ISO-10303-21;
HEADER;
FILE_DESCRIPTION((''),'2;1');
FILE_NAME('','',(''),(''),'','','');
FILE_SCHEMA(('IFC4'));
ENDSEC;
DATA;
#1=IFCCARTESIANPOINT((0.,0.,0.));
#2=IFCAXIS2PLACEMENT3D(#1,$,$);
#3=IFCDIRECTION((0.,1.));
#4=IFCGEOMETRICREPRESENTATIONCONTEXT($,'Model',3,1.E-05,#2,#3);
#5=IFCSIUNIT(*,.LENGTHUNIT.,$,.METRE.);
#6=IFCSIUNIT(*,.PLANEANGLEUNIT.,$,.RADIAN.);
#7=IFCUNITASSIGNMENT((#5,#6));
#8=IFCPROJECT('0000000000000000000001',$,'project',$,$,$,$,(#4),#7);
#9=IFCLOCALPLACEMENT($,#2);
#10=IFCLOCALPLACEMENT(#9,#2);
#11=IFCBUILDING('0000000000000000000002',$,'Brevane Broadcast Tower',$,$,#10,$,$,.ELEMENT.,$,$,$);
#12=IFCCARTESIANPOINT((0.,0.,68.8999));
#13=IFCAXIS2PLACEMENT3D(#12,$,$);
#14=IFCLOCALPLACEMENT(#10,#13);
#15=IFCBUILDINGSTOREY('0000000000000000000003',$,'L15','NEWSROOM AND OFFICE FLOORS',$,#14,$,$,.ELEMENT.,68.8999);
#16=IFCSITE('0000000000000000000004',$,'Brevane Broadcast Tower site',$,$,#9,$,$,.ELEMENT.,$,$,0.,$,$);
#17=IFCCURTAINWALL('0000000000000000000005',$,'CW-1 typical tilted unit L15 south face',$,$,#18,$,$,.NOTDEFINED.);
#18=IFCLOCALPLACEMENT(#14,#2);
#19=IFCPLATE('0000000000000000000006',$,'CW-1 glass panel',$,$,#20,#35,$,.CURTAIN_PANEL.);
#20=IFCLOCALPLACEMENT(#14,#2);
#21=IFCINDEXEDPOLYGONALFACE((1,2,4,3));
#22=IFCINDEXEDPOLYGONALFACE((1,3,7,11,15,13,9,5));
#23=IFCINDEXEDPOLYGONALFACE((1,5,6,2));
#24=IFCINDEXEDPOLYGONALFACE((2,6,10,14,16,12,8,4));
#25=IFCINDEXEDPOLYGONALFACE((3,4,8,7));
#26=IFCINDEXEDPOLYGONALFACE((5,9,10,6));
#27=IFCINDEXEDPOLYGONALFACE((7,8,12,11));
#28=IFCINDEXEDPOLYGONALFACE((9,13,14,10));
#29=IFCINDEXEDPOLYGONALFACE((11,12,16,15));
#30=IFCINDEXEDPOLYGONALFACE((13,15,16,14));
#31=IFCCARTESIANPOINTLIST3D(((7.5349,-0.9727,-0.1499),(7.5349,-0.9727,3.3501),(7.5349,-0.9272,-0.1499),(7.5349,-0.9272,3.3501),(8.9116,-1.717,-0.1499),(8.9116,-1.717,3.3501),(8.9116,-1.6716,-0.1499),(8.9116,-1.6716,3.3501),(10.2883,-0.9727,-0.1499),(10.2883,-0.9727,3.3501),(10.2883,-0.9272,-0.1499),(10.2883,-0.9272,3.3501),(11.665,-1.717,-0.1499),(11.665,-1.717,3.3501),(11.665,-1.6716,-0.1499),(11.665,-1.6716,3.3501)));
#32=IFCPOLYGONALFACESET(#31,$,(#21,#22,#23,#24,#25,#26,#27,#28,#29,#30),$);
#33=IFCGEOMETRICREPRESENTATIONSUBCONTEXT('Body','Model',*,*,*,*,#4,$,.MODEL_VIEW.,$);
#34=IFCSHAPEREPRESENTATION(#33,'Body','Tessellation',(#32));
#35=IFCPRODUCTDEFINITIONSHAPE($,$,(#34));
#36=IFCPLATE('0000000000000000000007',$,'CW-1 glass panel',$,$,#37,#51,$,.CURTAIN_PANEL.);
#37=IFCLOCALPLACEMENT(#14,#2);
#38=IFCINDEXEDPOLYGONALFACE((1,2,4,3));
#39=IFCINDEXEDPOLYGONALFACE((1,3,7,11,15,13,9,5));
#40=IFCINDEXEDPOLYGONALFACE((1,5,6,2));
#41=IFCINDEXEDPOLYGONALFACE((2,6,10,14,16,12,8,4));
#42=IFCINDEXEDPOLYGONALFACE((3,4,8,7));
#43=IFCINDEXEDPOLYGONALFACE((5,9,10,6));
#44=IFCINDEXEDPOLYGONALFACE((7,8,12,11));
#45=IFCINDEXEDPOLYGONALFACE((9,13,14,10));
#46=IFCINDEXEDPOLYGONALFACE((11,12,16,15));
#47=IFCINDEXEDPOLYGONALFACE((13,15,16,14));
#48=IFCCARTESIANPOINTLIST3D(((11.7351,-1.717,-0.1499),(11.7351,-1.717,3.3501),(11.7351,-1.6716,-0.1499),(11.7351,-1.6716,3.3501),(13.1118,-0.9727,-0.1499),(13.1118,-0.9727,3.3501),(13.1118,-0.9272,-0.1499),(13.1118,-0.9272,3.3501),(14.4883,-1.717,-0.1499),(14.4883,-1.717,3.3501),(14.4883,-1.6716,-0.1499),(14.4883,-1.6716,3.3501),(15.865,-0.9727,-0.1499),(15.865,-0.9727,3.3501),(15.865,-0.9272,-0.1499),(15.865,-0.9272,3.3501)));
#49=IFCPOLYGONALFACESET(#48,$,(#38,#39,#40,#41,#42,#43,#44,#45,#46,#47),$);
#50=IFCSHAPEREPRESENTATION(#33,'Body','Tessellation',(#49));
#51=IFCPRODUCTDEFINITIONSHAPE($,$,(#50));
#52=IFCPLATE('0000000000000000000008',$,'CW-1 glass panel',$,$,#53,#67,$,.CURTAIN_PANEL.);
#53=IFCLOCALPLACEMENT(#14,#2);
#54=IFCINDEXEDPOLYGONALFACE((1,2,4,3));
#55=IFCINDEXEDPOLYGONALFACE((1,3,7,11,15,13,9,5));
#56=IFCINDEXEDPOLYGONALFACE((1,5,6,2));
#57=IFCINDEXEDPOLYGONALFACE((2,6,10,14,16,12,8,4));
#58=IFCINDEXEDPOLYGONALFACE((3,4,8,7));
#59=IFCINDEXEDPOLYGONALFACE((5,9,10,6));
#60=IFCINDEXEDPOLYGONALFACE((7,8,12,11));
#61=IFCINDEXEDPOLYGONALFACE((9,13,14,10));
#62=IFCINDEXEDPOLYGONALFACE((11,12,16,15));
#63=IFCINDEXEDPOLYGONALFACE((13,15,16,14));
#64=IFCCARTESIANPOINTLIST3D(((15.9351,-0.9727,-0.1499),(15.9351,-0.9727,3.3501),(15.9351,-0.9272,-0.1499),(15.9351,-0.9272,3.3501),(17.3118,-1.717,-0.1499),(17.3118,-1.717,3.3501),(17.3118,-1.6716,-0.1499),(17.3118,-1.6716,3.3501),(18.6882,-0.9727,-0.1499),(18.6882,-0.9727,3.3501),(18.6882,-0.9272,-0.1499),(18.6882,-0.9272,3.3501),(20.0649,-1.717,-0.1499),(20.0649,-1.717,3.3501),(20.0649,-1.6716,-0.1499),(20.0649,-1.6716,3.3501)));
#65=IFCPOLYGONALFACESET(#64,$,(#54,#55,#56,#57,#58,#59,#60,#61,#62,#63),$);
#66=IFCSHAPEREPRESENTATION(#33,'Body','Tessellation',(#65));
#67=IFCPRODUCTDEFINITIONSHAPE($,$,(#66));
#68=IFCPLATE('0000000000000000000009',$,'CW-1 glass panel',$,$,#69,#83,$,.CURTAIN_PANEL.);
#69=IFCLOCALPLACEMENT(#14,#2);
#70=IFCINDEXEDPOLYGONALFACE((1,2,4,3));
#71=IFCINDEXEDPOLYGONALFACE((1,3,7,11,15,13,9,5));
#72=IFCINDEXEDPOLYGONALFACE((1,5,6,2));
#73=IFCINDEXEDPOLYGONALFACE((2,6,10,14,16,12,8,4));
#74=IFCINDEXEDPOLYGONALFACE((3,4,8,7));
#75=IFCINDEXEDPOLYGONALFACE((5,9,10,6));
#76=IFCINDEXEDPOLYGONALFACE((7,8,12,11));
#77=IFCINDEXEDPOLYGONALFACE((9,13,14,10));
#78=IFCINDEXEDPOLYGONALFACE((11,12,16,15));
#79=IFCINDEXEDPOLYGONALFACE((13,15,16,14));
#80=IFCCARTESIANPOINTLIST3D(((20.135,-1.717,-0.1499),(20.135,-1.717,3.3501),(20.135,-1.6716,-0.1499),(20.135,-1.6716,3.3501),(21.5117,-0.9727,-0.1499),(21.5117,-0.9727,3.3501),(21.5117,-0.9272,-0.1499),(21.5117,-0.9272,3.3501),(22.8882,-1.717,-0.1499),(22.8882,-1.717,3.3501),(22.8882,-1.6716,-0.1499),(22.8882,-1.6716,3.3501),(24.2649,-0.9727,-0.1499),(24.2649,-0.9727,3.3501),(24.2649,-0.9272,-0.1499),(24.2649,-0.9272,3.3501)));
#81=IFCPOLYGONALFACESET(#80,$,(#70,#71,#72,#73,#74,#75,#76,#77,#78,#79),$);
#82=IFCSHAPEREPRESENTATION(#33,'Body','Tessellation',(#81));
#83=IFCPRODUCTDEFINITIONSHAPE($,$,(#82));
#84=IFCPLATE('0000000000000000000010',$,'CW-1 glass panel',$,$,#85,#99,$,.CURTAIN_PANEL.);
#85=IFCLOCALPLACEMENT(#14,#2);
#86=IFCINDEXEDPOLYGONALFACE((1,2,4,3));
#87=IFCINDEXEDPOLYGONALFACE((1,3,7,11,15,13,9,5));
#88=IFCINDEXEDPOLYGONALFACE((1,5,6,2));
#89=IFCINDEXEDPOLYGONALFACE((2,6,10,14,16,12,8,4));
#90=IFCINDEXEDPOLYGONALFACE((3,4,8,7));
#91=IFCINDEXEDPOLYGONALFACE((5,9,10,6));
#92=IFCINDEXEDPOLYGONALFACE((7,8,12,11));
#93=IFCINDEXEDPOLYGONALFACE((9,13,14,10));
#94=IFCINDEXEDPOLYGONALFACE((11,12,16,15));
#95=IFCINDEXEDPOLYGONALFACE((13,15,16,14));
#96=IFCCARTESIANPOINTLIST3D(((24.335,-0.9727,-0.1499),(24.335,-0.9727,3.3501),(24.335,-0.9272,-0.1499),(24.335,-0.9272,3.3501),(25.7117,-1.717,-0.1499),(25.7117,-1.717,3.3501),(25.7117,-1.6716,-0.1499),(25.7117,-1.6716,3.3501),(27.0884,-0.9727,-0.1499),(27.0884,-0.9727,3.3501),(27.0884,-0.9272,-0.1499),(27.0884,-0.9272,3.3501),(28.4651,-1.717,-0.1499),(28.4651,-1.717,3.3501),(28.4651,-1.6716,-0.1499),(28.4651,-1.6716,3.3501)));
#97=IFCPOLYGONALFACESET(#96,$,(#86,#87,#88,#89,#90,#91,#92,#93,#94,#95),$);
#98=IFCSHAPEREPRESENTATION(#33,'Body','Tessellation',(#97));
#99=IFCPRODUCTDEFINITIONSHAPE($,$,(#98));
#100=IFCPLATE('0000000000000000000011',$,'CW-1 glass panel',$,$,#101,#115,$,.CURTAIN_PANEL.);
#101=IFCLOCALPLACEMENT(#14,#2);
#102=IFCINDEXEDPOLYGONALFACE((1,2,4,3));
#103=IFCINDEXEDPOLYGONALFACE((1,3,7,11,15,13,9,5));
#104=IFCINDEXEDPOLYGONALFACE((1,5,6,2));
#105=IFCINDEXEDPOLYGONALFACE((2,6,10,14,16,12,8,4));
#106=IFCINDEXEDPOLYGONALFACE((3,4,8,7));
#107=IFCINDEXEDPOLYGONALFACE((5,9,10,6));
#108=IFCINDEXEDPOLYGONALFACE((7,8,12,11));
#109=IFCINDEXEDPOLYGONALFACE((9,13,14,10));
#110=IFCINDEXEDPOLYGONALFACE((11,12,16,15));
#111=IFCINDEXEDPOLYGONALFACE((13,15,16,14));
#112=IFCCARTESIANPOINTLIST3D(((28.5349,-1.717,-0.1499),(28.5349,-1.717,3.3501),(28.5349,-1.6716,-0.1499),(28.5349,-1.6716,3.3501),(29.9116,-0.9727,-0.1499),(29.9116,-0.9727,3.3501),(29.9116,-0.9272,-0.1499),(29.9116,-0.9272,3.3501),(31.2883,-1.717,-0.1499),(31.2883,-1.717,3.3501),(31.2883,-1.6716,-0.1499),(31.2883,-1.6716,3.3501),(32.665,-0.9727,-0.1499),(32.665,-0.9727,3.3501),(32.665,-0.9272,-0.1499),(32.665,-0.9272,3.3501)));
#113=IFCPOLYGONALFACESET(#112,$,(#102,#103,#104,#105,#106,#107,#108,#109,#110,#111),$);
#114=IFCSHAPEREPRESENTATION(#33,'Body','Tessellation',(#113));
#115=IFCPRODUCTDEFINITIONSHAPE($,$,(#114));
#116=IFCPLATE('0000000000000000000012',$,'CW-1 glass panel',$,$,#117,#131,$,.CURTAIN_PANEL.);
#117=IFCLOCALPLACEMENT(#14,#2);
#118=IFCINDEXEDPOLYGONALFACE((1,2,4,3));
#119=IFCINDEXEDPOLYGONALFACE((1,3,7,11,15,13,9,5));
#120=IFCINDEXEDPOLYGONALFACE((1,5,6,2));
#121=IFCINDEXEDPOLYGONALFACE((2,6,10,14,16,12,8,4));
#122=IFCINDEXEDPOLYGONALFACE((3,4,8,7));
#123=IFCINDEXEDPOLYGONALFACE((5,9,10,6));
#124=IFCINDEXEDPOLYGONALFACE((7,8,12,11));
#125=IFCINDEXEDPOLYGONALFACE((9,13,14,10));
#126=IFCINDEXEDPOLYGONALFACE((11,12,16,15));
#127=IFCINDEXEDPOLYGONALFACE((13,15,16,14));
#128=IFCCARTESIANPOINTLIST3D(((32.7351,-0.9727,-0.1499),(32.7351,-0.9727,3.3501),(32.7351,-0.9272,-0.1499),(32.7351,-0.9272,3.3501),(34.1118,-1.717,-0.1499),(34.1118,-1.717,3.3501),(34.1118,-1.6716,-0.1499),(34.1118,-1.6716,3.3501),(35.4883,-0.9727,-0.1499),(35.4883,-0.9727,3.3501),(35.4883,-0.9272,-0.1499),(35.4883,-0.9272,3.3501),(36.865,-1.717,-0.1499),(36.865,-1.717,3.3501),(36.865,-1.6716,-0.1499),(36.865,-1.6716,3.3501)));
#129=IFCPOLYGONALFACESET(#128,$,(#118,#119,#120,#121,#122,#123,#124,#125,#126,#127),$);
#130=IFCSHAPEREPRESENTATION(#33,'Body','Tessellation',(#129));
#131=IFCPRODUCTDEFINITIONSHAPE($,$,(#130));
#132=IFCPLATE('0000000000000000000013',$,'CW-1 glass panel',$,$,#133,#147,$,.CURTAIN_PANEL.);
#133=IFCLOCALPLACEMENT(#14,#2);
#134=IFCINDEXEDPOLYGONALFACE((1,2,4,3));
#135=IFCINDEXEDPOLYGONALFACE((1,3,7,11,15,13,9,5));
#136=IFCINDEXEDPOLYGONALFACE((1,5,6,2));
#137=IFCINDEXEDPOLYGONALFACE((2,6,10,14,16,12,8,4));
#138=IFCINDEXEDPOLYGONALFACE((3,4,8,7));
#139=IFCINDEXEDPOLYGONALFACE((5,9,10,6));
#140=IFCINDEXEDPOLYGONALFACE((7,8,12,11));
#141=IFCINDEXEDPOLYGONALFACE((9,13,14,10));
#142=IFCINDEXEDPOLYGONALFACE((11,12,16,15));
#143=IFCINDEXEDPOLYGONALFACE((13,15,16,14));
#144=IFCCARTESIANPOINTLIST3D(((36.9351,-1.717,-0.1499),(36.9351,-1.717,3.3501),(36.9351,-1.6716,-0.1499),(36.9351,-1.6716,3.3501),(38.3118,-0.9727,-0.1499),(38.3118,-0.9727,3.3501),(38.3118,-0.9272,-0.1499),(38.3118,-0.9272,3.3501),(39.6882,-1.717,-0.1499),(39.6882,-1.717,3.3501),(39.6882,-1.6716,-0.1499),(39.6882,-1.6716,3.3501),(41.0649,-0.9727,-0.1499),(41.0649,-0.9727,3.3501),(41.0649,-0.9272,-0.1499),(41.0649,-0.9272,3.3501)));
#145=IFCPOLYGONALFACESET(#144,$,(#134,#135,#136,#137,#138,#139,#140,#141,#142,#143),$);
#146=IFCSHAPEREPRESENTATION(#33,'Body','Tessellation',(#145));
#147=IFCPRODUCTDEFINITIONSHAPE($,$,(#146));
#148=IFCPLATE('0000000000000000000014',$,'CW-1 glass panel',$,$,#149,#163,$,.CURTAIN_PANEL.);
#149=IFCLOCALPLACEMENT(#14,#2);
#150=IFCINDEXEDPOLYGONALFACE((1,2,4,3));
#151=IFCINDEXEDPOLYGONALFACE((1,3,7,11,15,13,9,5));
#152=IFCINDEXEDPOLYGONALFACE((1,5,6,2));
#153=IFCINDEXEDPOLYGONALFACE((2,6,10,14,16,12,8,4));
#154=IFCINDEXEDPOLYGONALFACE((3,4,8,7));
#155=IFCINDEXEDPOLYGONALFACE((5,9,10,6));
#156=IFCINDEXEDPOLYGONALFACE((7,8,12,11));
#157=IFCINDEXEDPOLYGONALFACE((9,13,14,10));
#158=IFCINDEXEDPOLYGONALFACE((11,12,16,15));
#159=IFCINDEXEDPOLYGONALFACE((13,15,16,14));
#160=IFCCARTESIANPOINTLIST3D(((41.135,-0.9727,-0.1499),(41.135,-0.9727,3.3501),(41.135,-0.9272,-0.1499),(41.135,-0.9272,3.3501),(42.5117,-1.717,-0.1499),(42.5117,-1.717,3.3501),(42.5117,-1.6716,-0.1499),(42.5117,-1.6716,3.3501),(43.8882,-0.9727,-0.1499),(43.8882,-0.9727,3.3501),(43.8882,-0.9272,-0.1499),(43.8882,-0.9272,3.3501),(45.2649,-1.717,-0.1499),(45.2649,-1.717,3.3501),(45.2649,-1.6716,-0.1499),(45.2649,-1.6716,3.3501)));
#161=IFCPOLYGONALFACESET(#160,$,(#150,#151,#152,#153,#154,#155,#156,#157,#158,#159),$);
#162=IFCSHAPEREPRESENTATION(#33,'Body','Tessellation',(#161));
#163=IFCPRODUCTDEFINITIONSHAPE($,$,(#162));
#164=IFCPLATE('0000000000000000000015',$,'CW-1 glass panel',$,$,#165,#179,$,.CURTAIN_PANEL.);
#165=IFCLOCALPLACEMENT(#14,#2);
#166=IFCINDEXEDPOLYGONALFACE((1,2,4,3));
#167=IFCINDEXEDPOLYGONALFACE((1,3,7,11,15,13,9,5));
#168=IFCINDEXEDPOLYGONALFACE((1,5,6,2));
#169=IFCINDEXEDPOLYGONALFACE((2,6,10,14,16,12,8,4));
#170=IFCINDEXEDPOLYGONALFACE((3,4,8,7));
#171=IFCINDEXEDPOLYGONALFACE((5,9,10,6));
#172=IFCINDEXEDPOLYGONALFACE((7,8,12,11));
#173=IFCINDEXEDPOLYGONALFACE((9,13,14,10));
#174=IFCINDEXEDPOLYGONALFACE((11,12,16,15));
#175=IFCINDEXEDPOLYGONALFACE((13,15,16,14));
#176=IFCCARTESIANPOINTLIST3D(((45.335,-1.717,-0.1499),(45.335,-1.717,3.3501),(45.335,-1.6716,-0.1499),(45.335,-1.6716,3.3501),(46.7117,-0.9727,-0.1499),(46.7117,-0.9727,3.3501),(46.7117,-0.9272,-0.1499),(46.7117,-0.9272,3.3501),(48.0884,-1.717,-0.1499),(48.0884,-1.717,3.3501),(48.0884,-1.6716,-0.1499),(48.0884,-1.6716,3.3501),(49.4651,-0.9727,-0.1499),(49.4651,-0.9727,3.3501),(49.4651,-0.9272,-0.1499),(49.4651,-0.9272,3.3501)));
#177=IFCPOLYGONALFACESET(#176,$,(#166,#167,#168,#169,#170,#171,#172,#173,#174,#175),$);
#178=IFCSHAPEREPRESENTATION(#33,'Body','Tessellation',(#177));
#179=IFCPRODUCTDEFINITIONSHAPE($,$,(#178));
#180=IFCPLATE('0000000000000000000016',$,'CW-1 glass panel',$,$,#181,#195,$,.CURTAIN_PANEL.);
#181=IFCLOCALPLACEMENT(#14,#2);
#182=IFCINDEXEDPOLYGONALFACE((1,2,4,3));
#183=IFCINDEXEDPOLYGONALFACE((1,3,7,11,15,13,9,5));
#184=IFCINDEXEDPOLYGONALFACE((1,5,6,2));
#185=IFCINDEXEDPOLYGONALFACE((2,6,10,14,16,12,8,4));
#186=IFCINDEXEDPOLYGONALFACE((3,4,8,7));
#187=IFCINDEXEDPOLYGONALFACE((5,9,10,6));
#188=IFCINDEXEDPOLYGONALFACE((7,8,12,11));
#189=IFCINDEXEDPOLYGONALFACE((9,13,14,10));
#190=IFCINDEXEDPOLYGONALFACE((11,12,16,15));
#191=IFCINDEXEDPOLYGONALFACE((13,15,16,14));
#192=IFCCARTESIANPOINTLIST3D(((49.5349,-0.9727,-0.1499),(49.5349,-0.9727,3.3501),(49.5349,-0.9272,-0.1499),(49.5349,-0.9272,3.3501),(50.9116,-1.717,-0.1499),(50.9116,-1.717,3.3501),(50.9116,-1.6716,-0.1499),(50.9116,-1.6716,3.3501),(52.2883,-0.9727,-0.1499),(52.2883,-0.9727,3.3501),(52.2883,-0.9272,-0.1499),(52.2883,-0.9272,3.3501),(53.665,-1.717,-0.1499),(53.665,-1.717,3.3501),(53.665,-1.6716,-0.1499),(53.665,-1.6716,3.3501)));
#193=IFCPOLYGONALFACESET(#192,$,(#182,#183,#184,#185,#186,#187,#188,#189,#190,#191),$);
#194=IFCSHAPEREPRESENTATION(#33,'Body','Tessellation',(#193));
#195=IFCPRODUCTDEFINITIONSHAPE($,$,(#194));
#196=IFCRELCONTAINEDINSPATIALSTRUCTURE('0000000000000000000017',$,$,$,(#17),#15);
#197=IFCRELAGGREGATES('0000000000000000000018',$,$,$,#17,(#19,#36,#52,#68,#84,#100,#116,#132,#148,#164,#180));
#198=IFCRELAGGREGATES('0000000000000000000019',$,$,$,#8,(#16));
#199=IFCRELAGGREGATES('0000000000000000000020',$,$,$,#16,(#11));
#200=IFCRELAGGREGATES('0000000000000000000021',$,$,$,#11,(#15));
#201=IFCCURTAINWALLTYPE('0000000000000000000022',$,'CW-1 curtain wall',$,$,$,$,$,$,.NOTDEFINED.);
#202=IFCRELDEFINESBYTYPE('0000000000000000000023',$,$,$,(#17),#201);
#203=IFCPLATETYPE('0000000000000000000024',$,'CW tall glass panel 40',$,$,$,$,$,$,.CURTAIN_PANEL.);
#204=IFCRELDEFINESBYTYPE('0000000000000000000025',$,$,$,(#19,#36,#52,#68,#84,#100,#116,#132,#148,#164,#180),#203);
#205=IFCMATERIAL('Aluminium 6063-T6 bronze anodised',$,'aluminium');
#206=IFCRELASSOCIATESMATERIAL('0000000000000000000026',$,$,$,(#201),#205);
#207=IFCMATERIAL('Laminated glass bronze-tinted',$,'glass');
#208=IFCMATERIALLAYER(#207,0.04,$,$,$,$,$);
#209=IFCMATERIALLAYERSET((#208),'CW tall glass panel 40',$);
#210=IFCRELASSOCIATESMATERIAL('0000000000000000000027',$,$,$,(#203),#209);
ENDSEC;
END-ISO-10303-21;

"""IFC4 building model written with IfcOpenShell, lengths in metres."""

from ifc_helpers import new_model, si_unit, direction, frame, origin, place, context, subcontext, project, spatial, polyline, outline, extrude, material, layer, layer_set, type_object, element, aggregate, save


model = new_model("IFC4")

# Units and contexts
model_context = context("Model", 3, precision=1e-05, world=origin(), true_north=direction((0.0, 1.0)))
body_context = subcontext(model_context, "Body", "Model", "MODEL_VIEW")
ifc_project = project(units=[si_unit("LENGTHUNIT", "METRE"), si_unit("PLANEANGLEUNIT", "RADIAN")], contexts=[model_context])

# Site, building, storey
site_placement = place(None, origin())
site = spatial("IfcSite", under=ifc_project, at=site_placement, Name="Brevane Broadcast Tower site", CompositionType="ELEMENT", RefElevation=0.0)
building_placement = place(site_placement, origin())
building = spatial("IfcBuilding", under=site, at=building_placement, Name="Brevane Broadcast Tower", CompositionType="ELEMENT")
storey_placement = place(building_placement, frame((0.0, 0.0, 68.8999)))
storey = spatial("IfcBuildingStorey", under=building, at=storey_placement, Name="L15", Description="NEWSROOM AND OFFICE FLOORS", CompositionType="ELEMENT", Elevation=68.8999)

# Curtain wall, plates
ifc_material_1 = material(Name="Aluminium 6063-T6 bronze anodised", Category="aluminium")
curtain_wall_type = type_object("IfcCurtainWallType", Name="CW-1 curtain wall", PredefinedType="NOTDEFINED", material=ifc_material_1)
curtain_wall_1_placement = place(storey_placement, origin())
curtain_wall_1 = element("IfcCurtainWall", 1, at=curtain_wall_1_placement, inside=storey, type_object=curtain_wall_type, Name="CW-1 typical tilted unit L15 south face", PredefinedType="NOTDEFINED")
ifc_material_2 = material(Name="Laminated glass bronze-tinted", Category="glass")
ifc_layer = layer(ifc_material_2, 0.04)
ifc_layer_set = layer_set([ifc_layer], Name="CW tall glass panel 40")
plate_type = type_object("IfcPlateType", Name="CW tall glass panel 40", PredefinedType="CURTAIN_PANEL", material=ifc_layer_set)
plate_1_placement = place(storey_placement, frame((0.0, 0.0, -0.1499)))
plate_1 = element("IfcPlate", 2, at=plate_1_placement, type_object=plate_type, Name="CW-1 glass panel", PredefinedType="CURTAIN_PANEL", context=body_context, shape_type="SweptSolid", body=[
    extrude(outline(polyline([(7.5349, -0.9272), (7.5349, -0.9727), (8.9116, -1.717), (10.2883, -0.9727), (11.665, -1.717), (11.665, -1.6716), (10.2883, -0.9272), (8.9116, -1.6716), (7.5349, -0.9272)])), origin(), (0.0, 0.0, 1.0), 3.5),
])
plate_2_placement = place(storey_placement, frame((0.0, 0.0, -0.1499)))
plate_2 = element("IfcPlate", 3, at=plate_2_placement, type_object=plate_type, Name="CW-1 glass panel", PredefinedType="CURTAIN_PANEL", context=body_context, shape_type="SweptSolid", body=[
    extrude(outline(polyline([(11.7351, -1.6716), (11.7351, -1.717), (13.1118, -0.9727), (14.4883, -1.717), (15.865, -0.9727), (15.865, -0.9272), (14.4883, -1.6716), (13.1118, -0.9272), (11.7351, -1.6716)])), origin(), (0.0, 0.0, 1.0), 3.5),
])
plate_3_placement = place(storey_placement, frame((0.0, 0.0, -0.1499)))
plate_3 = element("IfcPlate", 4, at=plate_3_placement, type_object=plate_type, Name="CW-1 glass panel", PredefinedType="CURTAIN_PANEL", context=body_context, shape_type="SweptSolid", body=[
    extrude(outline(polyline([(15.9351, -0.9272), (15.9351, -0.9727), (17.3118, -1.717), (18.6882, -0.9727), (20.0649, -1.717), (20.0649, -1.6716), (18.6882, -0.9272), (17.3118, -1.6716), (15.9351, -0.9272)])), origin(), (0.0, 0.0, 1.0), 3.5),
])
plate_4_placement = place(storey_placement, frame((0.0, 0.0, -0.1499)))
plate_4 = element("IfcPlate", 5, at=plate_4_placement, type_object=plate_type, Name="CW-1 glass panel", PredefinedType="CURTAIN_PANEL", context=body_context, shape_type="SweptSolid", body=[
    extrude(outline(polyline([(20.135, -1.6716), (20.135, -1.717), (21.5117, -0.9727), (22.8882, -1.717), (24.2649, -0.9727), (24.2649, -0.9272), (22.8882, -1.6716), (21.5117, -0.9272), (20.135, -1.6716)])), origin(), (0.0, 0.0, 1.0), 3.5),
])
plate_5_placement = place(storey_placement, frame((0.0, 0.0, -0.1499)))
plate_5 = element("IfcPlate", 6, at=plate_5_placement, type_object=plate_type, Name="CW-1 glass panel", PredefinedType="CURTAIN_PANEL", context=body_context, shape_type="SweptSolid", body=[
    extrude(outline(polyline([(24.335, -0.9272), (24.335, -0.9727), (25.7117, -1.717), (27.0884, -0.9727), (28.4651, -1.717), (28.4651, -1.6716), (27.0884, -0.9272), (25.7117, -1.6716), (24.335, -0.9272)])), origin(), (0.0, 0.0, 1.0), 3.5),
])
plate_6_placement = place(storey_placement, frame((0.0, 0.0, -0.1499)))
plate_6 = element("IfcPlate", 7, at=plate_6_placement, type_object=plate_type, Name="CW-1 glass panel", PredefinedType="CURTAIN_PANEL", context=body_context, shape_type="SweptSolid", body=[
    extrude(outline(polyline([(28.5349, -1.6716), (28.5349, -1.717), (29.9116, -0.9727), (31.2883, -1.717), (32.665, -0.9727), (32.665, -0.9272), (31.2883, -1.6716), (29.9116, -0.9272), (28.5349, -1.6716)])), origin(), (0.0, 0.0, 1.0), 3.5),
])
plate_7_placement = place(storey_placement, frame((0.0, 0.0, -0.1499)))
plate_7 = element("IfcPlate", 8, at=plate_7_placement, type_object=plate_type, Name="CW-1 glass panel", PredefinedType="CURTAIN_PANEL", context=body_context, shape_type="SweptSolid", body=[
    extrude(outline(polyline([(32.7351, -0.9272), (32.7351, -0.9727), (34.1118, -1.717), (35.4883, -0.9727), (36.865, -1.717), (36.865, -1.6716), (35.4883, -0.9272), (34.1118, -1.6716), (32.7351, -0.9272)])), origin(), (0.0, 0.0, 1.0), 3.5),
])
plate_8_placement = place(storey_placement, frame((0.0, 0.0, -0.1499)))
plate_8 = element("IfcPlate", 9, at=plate_8_placement, type_object=plate_type, Name="CW-1 glass panel", PredefinedType="CURTAIN_PANEL", context=body_context, shape_type="SweptSolid", body=[
    extrude(outline(polyline([(36.9351, -1.6716), (36.9351, -1.717), (38.3118, -0.9727), (39.6882, -1.717), (41.0649, -0.9727), (41.0649, -0.9272), (39.6882, -1.6716), (38.3118, -0.9272), (36.9351, -1.6716)])), origin(), (0.0, 0.0, 1.0), 3.5),
])
plate_9_placement = place(storey_placement, frame((0.0, 0.0, -0.1499)))
plate_9 = element("IfcPlate", 10, at=plate_9_placement, type_object=plate_type, Name="CW-1 glass panel", PredefinedType="CURTAIN_PANEL", context=body_context, shape_type="SweptSolid", body=[
    extrude(outline(polyline([(41.135, -0.9272), (41.135, -0.9727), (42.5117, -1.717), (43.8882, -0.9727), (45.2649, -1.717), (45.2649, -1.6716), (43.8882, -0.9272), (42.5117, -1.6716), (41.135, -0.9272)])), origin(), (0.0, 0.0, 1.0), 3.5),
])
plate_10_placement = place(storey_placement, frame((0.0, 0.0, -0.1499)))
plate_10 = element("IfcPlate", 11, at=plate_10_placement, type_object=plate_type, Name="CW-1 glass panel", PredefinedType="CURTAIN_PANEL", context=body_context, shape_type="SweptSolid", body=[
    extrude(outline(polyline([(45.335, -1.6716), (45.335, -1.717), (46.7117, -0.9727), (48.0884, -1.717), (49.4651, -0.9727), (49.4651, -0.9272), (48.0884, -1.6716), (46.7117, -0.9272), (45.335, -1.6716)])), origin(), (0.0, 0.0, 1.0), 3.5),
])
plate_11_placement = place(storey_placement, frame((0.0, 0.0, -0.1499)))
plate_11 = element("IfcPlate", 12, at=plate_11_placement, type_object=plate_type, Name="CW-1 glass panel", PredefinedType="CURTAIN_PANEL", context=body_context, shape_type="SweptSolid", body=[
    extrude(outline(polyline([(49.5349, -0.9272), (49.5349, -0.9727), (50.9116, -1.717), (52.2883, -0.9727), (53.665, -1.717), (53.665, -1.6716), (52.2883, -0.9272), (50.9116, -1.6716), (49.5349, -0.9272)])), origin(), (0.0, 0.0, 1.0), 3.5),
])
aggregate(curtain_wall_1, [plate_1, plate_2, plate_3, plate_4, plate_5, plate_6, plate_7, plate_8, plate_9, plate_10, plate_11])

save(model, "model.ifc")
